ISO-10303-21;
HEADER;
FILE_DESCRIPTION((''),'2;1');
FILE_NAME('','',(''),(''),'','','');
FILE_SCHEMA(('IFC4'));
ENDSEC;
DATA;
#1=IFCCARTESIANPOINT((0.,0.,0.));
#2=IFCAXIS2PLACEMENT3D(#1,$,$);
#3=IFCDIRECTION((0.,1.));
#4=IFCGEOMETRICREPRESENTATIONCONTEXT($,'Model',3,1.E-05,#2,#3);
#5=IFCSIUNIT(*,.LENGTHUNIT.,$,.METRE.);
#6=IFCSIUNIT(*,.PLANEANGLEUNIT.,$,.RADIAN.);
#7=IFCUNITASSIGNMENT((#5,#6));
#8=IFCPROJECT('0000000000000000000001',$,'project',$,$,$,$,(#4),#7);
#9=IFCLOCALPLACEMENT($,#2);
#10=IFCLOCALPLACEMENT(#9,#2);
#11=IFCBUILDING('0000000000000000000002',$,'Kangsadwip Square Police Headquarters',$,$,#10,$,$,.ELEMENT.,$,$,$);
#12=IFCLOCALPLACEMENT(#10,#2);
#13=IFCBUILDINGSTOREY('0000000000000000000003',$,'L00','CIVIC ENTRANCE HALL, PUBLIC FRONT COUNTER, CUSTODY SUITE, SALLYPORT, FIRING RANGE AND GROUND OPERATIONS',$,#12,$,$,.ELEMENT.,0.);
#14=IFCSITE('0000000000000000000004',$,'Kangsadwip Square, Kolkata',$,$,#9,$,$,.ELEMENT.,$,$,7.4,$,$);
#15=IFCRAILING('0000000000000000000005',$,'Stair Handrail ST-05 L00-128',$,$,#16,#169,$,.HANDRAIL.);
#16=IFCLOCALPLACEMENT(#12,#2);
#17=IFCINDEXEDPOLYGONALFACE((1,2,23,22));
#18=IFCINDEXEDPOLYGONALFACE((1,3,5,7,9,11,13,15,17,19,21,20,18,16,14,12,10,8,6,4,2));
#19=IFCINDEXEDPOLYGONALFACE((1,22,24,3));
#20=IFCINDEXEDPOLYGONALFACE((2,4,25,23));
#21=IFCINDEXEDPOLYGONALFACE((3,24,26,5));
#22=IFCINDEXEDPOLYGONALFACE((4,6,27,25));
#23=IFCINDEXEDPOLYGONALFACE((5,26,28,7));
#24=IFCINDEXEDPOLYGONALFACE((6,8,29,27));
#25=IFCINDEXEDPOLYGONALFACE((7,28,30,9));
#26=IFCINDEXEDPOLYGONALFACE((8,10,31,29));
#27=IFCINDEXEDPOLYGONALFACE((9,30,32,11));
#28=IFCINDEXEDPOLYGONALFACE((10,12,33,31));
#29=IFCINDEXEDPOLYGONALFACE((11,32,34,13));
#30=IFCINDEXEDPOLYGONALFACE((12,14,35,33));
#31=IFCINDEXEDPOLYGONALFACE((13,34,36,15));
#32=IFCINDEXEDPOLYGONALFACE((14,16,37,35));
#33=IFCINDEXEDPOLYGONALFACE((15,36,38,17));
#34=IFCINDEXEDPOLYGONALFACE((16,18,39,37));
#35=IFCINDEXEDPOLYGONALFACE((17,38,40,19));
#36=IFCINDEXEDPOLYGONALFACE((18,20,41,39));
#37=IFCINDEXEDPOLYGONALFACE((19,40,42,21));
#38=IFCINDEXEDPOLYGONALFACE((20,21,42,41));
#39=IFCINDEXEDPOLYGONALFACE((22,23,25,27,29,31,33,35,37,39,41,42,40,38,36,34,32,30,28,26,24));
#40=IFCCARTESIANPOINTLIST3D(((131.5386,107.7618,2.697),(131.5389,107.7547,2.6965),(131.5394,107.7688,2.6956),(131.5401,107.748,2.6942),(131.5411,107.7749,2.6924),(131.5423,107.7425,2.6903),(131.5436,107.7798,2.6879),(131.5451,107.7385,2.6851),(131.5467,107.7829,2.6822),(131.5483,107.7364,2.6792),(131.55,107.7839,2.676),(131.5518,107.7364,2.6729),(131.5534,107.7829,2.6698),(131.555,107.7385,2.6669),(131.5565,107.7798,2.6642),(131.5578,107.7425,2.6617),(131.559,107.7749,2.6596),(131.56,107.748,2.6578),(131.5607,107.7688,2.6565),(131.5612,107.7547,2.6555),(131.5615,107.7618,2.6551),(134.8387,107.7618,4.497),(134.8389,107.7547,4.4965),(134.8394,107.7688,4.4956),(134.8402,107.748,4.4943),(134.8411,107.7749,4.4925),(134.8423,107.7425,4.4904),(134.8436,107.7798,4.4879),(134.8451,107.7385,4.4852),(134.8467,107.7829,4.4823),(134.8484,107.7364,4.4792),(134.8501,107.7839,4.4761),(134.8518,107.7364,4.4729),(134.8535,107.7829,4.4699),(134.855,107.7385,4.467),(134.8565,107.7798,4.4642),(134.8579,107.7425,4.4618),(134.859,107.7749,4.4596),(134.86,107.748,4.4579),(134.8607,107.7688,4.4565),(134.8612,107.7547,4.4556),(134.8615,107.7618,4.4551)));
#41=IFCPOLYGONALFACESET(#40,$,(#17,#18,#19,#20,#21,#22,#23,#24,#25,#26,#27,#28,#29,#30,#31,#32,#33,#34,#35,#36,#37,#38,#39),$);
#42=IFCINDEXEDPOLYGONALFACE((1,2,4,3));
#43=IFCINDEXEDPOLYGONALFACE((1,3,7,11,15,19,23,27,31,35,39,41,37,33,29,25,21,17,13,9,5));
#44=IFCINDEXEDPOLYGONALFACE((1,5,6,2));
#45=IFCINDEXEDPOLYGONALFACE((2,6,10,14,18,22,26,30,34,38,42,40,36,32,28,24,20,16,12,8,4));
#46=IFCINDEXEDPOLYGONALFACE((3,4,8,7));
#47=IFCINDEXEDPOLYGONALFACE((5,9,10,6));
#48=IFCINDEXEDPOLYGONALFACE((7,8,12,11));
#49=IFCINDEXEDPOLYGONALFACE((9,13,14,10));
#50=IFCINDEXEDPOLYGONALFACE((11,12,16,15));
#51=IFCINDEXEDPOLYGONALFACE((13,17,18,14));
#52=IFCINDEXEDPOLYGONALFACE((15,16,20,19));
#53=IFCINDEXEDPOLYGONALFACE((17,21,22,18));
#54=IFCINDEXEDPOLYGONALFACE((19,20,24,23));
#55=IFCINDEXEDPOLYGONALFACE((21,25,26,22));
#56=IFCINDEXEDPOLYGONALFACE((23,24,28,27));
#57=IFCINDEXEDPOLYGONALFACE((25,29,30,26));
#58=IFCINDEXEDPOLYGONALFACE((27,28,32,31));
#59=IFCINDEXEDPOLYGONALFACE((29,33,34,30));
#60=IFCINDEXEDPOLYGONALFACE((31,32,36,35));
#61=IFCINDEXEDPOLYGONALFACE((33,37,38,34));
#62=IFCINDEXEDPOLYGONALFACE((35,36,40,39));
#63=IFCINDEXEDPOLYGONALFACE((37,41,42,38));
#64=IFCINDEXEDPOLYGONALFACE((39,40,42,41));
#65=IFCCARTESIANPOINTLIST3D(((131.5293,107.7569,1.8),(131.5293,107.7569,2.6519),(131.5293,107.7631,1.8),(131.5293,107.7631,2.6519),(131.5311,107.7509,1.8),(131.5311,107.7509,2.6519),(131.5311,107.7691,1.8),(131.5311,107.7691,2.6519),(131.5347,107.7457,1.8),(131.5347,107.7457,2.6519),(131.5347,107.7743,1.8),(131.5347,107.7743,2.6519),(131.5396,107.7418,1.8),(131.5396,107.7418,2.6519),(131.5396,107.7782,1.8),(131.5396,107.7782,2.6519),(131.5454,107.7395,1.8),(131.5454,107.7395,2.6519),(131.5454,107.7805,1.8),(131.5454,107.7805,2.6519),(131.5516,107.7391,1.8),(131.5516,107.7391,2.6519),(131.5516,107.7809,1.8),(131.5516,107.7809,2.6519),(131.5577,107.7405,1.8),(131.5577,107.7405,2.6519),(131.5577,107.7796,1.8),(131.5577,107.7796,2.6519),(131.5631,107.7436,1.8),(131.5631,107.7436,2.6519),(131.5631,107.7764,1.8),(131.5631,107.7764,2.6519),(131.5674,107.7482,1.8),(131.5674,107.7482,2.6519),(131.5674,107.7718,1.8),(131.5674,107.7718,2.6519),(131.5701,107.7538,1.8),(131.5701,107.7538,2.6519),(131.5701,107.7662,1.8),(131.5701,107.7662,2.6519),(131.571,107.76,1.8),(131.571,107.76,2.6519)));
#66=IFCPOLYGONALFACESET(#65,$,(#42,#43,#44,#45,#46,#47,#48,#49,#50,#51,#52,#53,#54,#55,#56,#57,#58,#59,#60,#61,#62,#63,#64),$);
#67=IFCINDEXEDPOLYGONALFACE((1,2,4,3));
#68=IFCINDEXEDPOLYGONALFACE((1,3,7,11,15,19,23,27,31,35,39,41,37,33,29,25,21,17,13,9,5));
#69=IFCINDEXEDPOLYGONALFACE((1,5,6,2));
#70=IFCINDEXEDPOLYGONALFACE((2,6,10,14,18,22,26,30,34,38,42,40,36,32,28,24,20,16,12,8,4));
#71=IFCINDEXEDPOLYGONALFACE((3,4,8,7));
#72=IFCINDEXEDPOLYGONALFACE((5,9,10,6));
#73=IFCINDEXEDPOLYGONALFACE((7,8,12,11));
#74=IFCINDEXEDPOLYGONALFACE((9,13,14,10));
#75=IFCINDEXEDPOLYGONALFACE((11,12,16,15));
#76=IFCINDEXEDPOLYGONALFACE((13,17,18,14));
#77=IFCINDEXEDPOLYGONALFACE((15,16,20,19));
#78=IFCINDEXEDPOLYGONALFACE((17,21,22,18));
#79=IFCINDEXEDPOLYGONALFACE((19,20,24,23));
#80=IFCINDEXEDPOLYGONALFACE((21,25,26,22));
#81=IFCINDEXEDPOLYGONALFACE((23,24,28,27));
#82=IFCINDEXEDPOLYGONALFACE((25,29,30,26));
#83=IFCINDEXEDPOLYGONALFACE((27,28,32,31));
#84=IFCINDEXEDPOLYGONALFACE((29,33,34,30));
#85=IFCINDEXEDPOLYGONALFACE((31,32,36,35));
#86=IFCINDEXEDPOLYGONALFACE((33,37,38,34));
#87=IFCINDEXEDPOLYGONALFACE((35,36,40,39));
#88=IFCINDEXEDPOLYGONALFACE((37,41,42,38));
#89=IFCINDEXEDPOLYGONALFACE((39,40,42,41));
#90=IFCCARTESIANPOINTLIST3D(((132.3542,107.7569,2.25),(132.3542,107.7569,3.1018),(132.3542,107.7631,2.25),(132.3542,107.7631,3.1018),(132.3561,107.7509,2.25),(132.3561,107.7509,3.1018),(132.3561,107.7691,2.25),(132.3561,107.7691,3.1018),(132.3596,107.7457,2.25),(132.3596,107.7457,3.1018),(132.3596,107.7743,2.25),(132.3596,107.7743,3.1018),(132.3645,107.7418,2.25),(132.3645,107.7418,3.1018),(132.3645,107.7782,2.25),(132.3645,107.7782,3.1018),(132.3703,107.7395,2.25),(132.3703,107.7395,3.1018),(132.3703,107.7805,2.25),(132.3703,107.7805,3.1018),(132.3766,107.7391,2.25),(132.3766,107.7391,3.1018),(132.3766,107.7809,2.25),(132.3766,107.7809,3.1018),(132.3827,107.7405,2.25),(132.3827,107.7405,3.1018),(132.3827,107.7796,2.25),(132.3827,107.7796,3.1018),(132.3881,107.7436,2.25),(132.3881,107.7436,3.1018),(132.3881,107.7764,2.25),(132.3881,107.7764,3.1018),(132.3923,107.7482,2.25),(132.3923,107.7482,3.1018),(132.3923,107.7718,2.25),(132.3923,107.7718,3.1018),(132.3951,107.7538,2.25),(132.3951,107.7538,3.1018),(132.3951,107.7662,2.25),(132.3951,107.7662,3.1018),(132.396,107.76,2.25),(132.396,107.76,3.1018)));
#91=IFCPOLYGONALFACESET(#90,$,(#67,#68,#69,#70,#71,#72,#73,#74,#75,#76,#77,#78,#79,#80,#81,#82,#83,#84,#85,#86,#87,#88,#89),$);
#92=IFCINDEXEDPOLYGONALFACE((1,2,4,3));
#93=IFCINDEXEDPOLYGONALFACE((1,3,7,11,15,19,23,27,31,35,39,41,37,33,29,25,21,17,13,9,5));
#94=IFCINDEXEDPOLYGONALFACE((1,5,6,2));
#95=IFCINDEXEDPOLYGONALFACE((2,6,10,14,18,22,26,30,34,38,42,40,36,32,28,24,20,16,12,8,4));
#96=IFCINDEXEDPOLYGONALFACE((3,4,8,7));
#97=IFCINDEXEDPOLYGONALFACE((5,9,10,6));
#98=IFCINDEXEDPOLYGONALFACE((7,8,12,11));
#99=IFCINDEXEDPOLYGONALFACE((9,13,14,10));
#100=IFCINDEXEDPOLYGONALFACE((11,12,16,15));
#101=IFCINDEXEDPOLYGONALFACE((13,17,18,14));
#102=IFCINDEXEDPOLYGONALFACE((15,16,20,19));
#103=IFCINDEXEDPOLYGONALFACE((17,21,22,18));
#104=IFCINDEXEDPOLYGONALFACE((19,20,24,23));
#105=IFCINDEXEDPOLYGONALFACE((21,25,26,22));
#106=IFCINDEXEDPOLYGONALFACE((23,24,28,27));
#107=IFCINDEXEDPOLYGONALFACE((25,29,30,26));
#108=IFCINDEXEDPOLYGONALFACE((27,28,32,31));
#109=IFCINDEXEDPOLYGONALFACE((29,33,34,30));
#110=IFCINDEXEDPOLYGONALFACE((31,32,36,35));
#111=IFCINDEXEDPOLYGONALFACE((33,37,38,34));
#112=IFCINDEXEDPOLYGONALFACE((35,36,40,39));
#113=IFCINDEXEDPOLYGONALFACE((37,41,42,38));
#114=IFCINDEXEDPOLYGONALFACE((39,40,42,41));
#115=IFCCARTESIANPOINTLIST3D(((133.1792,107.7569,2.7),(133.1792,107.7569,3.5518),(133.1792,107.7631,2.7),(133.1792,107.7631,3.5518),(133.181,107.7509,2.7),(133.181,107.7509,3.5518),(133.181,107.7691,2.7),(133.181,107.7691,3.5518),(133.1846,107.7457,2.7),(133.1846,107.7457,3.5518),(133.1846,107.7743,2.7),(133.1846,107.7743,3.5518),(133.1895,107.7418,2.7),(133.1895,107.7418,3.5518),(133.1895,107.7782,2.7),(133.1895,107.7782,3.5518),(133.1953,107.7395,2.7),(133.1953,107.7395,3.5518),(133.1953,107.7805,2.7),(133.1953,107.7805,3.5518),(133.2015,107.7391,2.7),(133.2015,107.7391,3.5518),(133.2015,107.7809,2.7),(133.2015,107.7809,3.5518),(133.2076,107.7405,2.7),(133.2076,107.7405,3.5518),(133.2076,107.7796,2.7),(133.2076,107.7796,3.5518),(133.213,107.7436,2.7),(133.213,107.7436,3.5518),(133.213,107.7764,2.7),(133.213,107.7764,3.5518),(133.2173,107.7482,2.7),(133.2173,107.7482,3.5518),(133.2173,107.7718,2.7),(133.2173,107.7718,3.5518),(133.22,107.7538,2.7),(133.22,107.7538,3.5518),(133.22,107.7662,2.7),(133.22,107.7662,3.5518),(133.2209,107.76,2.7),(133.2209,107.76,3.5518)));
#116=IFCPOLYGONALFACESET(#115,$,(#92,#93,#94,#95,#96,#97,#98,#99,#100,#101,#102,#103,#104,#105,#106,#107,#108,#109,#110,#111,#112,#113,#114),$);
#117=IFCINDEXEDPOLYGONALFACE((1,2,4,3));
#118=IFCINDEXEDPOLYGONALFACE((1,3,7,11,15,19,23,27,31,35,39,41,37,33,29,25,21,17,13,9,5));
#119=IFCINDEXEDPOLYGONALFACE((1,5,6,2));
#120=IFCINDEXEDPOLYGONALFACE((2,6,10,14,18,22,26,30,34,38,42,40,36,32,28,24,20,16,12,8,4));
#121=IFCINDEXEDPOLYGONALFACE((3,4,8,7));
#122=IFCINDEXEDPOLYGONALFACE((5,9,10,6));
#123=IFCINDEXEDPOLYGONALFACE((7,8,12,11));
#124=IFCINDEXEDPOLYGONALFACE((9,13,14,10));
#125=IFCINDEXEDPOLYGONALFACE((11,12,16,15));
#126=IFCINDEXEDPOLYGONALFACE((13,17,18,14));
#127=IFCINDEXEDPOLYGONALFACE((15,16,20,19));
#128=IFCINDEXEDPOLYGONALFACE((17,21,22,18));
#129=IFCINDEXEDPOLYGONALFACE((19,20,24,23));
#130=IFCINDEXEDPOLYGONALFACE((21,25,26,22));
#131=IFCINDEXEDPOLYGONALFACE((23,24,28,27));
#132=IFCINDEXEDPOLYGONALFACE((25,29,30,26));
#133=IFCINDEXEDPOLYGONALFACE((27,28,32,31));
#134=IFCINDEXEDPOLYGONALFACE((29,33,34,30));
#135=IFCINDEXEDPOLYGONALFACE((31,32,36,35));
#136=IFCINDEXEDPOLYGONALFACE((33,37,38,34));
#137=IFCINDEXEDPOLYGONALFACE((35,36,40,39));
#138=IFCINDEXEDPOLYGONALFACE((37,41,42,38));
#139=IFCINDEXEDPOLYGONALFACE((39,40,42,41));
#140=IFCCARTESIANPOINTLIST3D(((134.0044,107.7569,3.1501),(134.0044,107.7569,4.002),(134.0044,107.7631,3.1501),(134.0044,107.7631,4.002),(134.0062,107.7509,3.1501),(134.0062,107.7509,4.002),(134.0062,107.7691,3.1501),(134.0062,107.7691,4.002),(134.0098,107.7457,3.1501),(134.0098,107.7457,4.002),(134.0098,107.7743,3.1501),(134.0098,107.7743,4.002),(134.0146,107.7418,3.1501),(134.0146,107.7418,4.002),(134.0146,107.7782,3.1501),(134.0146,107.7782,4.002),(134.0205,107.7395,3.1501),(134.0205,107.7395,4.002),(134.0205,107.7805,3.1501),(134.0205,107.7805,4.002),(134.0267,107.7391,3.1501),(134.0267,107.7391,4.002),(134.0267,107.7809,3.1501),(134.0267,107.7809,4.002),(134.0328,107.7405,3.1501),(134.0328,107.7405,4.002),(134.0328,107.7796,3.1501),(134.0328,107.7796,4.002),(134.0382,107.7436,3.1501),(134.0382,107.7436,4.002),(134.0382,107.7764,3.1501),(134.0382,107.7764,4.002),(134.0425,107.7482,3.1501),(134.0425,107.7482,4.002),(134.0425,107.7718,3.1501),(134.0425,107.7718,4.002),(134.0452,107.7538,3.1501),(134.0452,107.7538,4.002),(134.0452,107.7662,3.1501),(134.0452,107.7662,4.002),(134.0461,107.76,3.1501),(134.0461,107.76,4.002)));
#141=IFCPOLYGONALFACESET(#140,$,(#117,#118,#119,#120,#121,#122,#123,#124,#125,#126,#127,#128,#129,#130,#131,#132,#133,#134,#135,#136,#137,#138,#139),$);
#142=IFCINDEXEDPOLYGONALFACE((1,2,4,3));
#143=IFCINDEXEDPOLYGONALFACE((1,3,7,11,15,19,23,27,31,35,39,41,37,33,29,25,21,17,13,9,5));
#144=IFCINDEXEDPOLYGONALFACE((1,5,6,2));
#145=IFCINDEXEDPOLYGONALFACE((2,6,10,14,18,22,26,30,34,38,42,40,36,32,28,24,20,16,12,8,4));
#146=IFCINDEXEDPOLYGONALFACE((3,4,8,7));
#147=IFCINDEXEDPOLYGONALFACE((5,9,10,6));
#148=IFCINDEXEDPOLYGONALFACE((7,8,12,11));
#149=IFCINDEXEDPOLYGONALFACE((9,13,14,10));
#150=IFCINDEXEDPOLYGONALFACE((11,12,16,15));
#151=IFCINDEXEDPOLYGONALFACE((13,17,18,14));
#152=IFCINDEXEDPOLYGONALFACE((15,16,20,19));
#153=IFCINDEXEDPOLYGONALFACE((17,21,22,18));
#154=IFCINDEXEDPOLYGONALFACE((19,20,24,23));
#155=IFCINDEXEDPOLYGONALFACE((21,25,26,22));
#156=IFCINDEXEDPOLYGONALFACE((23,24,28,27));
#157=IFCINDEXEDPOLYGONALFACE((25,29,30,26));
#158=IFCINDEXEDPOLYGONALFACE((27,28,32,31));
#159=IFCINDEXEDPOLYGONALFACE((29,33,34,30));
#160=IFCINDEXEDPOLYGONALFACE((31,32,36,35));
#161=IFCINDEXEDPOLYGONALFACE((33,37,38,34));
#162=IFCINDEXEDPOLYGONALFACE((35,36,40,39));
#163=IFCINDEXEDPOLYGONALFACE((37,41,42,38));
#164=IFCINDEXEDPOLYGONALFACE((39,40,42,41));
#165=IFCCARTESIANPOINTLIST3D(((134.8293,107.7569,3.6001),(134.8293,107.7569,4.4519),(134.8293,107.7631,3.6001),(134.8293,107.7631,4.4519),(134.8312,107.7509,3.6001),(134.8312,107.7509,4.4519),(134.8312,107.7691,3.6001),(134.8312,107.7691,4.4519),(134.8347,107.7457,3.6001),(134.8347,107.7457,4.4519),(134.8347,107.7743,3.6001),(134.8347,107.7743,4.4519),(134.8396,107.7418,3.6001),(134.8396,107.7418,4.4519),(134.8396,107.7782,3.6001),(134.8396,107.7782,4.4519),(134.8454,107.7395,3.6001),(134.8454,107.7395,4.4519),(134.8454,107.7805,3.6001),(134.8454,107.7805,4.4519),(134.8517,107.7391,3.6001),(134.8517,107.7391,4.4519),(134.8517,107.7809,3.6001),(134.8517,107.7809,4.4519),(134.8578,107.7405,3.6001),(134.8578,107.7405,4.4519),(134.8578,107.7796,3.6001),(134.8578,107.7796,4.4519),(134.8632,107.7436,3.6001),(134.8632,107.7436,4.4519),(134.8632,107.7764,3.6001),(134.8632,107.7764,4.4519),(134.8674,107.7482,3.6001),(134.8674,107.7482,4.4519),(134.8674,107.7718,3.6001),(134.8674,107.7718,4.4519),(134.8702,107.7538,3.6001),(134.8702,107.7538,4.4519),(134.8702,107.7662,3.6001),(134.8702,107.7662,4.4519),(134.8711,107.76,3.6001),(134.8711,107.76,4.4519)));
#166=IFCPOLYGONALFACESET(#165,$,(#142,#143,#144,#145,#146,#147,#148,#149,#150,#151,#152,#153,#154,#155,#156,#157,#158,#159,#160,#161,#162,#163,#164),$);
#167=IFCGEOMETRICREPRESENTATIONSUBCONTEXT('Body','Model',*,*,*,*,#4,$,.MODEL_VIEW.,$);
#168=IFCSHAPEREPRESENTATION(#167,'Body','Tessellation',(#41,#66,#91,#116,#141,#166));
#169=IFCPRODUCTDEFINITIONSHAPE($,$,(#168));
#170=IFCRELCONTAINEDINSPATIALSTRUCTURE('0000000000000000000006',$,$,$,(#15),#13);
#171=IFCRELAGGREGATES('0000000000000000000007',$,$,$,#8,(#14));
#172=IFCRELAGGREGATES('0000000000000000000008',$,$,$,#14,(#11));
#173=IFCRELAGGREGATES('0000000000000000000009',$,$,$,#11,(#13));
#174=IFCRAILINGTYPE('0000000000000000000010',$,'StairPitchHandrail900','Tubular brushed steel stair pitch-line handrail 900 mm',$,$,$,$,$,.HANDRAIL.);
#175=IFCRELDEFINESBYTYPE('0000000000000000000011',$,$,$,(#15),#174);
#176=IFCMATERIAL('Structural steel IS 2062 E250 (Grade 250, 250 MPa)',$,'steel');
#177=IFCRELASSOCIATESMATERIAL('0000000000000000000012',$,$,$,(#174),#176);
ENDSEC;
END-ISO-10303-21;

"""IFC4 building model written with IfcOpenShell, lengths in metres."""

from ifc_helpers import new_model, si_unit, direction, frame, origin, origin_2d, place, context, subcontext, project, spatial, circle, extrude, material, type_object, element, save


model = new_model("IFC4")

# Units and contexts
model_context = context("Model", 3, precision=1e-05, world=origin(), true_north=direction((0.0, 1.0)))
body_context = subcontext(model_context, "Body", "Model", "MODEL_VIEW")
ifc_project = project(units=[si_unit("LENGTHUNIT", "METRE"), si_unit("PLANEANGLEUNIT", "RADIAN")], contexts=[model_context])

# Site, building, storey
site_placement = place(None, origin())
site = spatial("IfcSite", under=ifc_project, at=site_placement, Name="Kangsadwip Square, Kolkata", CompositionType="ELEMENT", RefElevation=7.4)
building_placement = place(site_placement, origin())
building = spatial("IfcBuilding", under=site, at=building_placement, Name="Kangsadwip Square Police Headquarters", CompositionType="ELEMENT")
storey_placement = place(building_placement, origin())
storey = spatial("IfcBuildingStorey", under=building, at=storey_placement, Name="L00", Description="CIVIC ENTRANCE HALL, PUBLIC FRONT COUNTER, CUSTODY SUITE, SALLYPORT, FIRING RANGE AND GROUND OPERATIONS", CompositionType="ELEMENT", Elevation=0.0)

# Railing
ifc_material_1 = material(Name="Structural steel IS 2062 E250 (Grade 250, 250 MPa)", Category="steel")
railing_type = type_object("IfcRailingType", Name="StairPitchHandrail900", Description="Tubular brushed steel stair pitch-line handrail 900 mm", PredefinedType="HANDRAIL", material=ifc_material_1)
railing_1_placement = place(storey_placement, frame((131.55, 107.76, 1.8)))
element("IfcRailing", 1, at=railing_1_placement, inside=storey, type_object=railing_type, Name="Stair Handrail ST-05 L00-128", PredefinedType="HANDRAIL", context=body_context, shape_type="SweptSolid", body=[
    extrude(circle(Radius=0.0239, at=origin_2d()), frame((0.0, 0.0, 0.876), z_axis=(0.877893, 0.0, 0.478857), x_axis=(0.0, 1.0, 0.0)), (0.0, 0.0, 1.0), 3.759),
    extrude(circle(Radius=0.021, at=origin_2d()), origin(), (0.0, 0.0, 1.0), 0.8518),
    extrude(circle(Radius=0.021, at=origin_2d()), frame((0.825, 0.0, 0.45)), (0.0, 0.0, 1.0), 0.8518),
    extrude(circle(Radius=0.021, at=origin_2d()), frame((1.6499, 0.0, 0.8999)), (0.0, 0.0, 1.0), 0.8518),
    extrude(circle(Radius=0.021, at=origin_2d()), frame((2.4751, 0.0, 1.3501)), (0.0, 0.0, 1.0), 0.8518),
    extrude(circle(Radius=0.021, at=origin_2d()), frame((3.3, 0.0, 1.8)), (0.0, 0.0, 1.0), 0.8518),
])

save(model, "model.ifc")
